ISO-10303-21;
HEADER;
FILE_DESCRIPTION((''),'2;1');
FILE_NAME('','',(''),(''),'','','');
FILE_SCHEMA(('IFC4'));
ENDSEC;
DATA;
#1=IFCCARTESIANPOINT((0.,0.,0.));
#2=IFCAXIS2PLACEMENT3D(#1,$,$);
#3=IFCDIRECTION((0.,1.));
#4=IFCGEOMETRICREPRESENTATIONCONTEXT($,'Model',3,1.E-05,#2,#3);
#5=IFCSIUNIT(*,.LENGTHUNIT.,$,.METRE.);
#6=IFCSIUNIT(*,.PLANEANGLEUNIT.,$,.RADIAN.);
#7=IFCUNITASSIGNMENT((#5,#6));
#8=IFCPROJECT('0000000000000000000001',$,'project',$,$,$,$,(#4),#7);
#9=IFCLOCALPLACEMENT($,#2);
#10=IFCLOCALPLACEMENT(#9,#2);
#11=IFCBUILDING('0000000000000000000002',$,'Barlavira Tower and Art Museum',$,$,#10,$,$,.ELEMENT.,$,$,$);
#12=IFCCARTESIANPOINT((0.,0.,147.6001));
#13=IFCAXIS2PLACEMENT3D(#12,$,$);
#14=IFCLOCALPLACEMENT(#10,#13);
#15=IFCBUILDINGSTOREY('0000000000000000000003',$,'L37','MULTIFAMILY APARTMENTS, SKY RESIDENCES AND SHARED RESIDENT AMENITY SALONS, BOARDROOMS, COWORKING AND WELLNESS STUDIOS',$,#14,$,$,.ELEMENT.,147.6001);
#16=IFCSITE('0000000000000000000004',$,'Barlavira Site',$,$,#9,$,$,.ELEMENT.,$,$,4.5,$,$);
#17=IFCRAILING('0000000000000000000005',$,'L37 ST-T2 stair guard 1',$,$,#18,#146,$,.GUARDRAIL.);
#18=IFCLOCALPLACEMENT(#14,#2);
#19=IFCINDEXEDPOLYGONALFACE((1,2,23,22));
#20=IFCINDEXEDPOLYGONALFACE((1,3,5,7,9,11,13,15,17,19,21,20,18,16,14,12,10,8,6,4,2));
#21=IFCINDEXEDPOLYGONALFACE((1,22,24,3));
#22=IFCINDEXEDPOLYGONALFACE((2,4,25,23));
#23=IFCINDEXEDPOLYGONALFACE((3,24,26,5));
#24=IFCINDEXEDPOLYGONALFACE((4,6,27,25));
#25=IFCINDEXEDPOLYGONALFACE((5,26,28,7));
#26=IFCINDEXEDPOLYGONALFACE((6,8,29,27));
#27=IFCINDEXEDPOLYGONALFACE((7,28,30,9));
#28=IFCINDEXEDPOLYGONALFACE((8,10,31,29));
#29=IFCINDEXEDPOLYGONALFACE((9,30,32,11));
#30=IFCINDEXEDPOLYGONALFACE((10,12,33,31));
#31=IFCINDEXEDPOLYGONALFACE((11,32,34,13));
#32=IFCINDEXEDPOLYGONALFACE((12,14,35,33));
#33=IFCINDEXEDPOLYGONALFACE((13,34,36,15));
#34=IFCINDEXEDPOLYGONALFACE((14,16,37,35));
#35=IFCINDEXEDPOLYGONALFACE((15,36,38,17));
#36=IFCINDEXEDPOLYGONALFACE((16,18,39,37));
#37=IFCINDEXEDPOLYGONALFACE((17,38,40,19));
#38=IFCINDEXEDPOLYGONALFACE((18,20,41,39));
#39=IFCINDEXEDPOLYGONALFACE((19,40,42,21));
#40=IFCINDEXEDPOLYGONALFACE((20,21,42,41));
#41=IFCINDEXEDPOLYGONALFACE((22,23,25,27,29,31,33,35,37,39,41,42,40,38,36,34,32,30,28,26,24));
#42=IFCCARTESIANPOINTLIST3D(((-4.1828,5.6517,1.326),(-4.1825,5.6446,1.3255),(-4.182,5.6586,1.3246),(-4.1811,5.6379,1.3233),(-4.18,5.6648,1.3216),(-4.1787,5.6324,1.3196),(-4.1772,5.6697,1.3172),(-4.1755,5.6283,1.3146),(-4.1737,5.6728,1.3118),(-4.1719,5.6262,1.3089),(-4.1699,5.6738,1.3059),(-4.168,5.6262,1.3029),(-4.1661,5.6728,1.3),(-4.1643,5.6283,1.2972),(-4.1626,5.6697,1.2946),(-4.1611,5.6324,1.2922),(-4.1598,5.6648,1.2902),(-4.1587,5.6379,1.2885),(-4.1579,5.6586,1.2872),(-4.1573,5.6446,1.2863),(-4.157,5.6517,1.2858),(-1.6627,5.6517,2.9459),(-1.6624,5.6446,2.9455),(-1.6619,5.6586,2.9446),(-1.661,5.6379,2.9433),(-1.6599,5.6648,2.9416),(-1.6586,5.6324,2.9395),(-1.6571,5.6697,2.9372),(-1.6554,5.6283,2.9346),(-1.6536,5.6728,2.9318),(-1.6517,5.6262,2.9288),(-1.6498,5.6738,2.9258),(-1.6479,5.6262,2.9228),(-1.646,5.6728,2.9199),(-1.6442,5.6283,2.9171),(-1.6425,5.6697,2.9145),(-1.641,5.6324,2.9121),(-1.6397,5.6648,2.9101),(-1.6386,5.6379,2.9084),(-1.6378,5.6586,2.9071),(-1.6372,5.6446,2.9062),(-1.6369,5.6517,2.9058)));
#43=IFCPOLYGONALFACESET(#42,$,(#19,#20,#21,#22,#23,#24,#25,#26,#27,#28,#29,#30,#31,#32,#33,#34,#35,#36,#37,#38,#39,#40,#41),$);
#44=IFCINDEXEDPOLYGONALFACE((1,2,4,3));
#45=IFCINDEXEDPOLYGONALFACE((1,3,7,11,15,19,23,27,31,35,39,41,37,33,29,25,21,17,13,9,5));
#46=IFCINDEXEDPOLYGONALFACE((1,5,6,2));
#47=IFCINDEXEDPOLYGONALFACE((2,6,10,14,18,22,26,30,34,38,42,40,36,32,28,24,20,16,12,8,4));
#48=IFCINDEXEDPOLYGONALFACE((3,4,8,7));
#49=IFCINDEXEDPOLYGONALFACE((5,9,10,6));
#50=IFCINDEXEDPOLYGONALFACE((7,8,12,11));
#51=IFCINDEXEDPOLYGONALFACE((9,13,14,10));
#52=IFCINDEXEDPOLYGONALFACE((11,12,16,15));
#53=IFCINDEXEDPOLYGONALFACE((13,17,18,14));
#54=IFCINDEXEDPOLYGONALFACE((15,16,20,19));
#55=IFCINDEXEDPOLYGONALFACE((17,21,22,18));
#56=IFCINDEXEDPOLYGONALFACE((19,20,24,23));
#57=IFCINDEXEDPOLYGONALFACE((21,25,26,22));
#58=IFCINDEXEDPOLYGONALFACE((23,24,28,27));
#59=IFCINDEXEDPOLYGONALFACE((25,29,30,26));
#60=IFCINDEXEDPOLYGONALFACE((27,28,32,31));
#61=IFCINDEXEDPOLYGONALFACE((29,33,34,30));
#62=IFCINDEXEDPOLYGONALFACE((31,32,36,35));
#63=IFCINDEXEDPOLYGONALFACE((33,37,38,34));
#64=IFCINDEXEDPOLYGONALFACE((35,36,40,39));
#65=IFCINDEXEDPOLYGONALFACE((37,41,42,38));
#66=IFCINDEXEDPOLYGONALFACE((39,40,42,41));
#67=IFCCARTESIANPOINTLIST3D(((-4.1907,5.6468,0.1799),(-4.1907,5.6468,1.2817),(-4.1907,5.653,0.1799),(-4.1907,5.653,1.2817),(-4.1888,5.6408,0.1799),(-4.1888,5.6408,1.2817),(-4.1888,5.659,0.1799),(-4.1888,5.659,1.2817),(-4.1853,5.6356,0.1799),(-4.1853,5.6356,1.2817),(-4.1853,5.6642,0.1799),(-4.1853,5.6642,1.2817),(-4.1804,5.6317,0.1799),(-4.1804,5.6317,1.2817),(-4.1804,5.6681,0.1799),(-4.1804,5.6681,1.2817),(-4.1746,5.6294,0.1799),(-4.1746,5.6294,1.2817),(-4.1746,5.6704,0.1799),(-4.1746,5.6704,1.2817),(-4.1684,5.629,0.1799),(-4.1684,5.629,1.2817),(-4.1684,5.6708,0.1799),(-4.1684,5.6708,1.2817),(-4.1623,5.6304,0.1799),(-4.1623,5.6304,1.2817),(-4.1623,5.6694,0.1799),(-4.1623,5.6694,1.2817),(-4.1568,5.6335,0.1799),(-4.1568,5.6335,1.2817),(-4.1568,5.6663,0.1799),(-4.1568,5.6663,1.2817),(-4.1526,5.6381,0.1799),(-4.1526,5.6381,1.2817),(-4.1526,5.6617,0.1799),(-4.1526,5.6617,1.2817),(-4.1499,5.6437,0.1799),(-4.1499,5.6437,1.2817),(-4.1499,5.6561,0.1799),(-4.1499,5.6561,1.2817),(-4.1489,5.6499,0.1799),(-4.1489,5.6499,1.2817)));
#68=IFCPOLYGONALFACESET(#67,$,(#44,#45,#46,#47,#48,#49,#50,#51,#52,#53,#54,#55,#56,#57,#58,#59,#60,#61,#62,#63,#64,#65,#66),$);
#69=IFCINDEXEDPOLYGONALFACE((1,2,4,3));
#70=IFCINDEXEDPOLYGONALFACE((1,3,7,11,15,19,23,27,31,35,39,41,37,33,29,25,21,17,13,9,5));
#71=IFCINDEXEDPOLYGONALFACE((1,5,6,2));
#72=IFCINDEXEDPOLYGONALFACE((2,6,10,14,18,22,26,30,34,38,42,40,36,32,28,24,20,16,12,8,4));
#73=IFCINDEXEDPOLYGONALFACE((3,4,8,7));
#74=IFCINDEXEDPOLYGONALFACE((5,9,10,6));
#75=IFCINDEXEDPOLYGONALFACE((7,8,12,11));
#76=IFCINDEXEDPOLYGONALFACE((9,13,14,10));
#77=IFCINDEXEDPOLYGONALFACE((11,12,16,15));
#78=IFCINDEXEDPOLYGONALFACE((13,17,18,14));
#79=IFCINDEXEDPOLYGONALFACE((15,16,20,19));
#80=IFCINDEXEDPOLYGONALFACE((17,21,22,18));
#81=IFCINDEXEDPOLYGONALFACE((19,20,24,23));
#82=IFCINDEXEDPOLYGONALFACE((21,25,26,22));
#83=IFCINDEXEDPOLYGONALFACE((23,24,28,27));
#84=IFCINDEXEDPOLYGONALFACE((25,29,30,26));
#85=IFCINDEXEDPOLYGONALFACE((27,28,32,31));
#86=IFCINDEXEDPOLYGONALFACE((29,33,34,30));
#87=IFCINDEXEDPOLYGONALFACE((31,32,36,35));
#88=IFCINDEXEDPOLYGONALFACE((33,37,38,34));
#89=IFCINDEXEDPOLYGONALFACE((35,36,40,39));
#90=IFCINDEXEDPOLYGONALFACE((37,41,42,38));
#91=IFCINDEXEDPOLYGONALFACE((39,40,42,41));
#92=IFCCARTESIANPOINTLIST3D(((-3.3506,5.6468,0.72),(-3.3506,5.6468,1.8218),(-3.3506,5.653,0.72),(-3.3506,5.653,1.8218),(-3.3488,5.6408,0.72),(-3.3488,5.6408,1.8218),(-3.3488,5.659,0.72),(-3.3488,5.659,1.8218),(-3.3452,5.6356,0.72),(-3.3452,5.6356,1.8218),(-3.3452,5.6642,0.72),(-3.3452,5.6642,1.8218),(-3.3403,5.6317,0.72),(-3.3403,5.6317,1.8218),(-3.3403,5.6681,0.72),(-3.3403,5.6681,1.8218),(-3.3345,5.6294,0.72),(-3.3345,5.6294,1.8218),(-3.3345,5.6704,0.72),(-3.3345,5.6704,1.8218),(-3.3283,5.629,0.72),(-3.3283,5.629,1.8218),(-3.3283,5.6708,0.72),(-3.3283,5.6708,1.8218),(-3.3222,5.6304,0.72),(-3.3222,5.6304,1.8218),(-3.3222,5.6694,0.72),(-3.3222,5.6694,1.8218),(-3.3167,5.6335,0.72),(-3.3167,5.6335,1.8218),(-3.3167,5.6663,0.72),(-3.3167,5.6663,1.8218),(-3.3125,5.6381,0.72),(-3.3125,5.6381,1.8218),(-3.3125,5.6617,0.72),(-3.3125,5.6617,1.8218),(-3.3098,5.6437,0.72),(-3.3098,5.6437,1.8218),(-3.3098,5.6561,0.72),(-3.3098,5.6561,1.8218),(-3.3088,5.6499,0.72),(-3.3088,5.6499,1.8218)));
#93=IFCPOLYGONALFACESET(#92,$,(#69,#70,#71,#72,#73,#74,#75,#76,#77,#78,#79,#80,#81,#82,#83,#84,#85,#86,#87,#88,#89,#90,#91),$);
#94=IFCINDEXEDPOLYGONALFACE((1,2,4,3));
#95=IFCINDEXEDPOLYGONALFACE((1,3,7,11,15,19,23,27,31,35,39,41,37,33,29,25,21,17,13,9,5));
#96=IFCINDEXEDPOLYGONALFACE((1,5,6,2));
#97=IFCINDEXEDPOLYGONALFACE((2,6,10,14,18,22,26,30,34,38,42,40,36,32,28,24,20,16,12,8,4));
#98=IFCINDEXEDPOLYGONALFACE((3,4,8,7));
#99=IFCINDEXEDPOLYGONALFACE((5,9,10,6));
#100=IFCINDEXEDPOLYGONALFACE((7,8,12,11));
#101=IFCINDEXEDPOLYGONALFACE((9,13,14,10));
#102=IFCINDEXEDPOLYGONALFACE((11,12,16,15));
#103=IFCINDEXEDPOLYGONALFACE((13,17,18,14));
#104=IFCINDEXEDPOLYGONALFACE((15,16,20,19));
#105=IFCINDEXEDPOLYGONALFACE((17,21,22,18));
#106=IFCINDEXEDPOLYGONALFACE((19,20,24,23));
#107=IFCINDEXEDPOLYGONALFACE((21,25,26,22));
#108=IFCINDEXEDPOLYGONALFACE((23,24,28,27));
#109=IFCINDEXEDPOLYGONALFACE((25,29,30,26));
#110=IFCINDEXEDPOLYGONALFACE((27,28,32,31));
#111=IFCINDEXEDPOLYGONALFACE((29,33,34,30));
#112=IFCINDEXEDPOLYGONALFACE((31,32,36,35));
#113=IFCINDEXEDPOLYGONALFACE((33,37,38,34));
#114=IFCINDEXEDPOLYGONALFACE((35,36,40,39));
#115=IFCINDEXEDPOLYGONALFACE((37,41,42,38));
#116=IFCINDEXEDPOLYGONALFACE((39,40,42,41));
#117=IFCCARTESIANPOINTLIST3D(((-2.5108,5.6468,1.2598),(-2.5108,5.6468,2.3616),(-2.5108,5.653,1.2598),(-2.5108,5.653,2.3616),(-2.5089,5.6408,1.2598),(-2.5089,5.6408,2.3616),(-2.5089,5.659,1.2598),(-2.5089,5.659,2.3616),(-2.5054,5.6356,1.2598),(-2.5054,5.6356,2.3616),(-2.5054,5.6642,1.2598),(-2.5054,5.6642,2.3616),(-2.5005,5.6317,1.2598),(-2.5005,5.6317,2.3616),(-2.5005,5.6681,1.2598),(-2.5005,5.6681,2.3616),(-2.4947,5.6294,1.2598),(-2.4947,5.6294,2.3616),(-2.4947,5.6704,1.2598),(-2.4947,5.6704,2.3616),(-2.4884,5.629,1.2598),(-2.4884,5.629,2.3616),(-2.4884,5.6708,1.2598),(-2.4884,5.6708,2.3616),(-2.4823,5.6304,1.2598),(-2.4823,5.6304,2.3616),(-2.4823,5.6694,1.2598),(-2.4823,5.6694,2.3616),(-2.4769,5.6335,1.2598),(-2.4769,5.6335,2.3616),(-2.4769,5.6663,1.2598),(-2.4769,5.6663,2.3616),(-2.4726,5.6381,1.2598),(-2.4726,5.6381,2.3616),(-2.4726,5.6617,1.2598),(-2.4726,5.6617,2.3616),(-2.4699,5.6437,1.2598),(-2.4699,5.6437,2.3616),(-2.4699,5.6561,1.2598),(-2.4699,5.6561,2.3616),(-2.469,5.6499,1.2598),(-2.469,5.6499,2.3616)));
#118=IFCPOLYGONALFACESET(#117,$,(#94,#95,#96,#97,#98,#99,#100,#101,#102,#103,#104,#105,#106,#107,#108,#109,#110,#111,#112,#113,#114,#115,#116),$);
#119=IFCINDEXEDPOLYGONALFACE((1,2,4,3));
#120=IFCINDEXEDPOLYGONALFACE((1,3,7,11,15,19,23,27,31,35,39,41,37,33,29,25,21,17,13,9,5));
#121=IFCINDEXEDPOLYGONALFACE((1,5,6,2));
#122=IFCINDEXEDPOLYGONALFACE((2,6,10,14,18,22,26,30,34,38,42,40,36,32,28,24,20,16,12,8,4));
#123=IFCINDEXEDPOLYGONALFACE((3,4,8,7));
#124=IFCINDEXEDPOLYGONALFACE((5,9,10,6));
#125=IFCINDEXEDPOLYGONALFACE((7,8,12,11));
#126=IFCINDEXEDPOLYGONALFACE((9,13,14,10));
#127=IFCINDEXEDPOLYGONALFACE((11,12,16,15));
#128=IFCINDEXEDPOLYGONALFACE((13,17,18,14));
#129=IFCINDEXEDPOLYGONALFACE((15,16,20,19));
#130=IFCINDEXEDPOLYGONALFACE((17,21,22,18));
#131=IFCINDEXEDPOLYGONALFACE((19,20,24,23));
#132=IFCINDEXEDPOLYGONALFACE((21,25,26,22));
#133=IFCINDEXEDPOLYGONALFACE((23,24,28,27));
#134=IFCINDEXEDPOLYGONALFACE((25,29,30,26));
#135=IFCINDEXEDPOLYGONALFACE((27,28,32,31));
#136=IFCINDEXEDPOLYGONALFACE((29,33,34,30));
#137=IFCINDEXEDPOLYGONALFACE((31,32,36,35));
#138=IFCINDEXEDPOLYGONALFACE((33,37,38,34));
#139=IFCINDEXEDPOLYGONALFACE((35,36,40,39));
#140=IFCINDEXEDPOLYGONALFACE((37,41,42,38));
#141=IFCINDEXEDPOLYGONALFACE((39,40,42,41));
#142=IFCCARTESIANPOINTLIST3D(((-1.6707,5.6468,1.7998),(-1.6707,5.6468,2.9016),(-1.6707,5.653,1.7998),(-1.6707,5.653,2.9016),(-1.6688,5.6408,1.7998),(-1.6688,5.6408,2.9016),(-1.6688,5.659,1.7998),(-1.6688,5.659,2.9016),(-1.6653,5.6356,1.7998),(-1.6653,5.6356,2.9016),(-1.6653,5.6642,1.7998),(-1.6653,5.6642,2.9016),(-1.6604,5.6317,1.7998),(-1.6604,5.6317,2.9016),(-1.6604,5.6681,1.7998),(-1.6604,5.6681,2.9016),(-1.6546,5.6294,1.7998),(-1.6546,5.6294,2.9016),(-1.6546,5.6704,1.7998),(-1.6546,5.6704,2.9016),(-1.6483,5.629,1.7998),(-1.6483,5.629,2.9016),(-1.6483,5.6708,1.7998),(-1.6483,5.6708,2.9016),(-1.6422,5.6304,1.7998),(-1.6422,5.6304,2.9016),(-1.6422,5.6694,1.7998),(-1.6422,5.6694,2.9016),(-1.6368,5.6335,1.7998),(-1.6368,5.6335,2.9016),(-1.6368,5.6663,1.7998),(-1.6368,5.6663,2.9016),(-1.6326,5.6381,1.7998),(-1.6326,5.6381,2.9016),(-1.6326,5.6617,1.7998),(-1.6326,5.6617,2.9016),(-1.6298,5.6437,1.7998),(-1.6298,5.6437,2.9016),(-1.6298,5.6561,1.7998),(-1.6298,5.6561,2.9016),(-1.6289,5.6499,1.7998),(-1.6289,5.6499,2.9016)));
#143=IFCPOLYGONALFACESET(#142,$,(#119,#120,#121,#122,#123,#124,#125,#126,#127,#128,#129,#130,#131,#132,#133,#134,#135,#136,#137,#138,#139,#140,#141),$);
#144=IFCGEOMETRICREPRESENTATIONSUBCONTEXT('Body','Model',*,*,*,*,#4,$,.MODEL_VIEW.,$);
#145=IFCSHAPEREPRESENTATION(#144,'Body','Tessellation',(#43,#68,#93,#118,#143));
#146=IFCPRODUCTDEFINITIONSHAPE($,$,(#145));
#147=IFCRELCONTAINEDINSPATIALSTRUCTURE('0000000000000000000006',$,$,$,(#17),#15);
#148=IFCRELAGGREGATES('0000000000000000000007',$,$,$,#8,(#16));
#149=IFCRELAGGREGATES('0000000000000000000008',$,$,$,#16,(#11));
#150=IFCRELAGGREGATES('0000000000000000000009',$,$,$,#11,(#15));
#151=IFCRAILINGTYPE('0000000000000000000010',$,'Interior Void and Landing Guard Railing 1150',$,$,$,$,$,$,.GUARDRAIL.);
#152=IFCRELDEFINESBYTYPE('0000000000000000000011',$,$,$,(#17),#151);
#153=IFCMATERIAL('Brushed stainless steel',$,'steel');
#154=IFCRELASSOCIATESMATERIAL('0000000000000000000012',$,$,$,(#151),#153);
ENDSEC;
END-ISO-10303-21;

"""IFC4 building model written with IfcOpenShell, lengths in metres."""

from ifc_helpers import new_model, si_unit, direction, frame, origin, origin_2d, place, context, subcontext, project, spatial, circle, extrude, material, type_object, element, save


model = new_model("IFC4")

# Units and contexts
model_context = context("Model", 3, precision=1e-05, world=origin(), true_north=direction((0.0, 1.0)))
body_context = subcontext(model_context, "Body", "Model", "MODEL_VIEW")
ifc_project = project(units=[si_unit("LENGTHUNIT", "METRE"), si_unit("PLANEANGLEUNIT", "RADIAN")], contexts=[model_context])

# Site, building, storey
site_placement = place(None, origin())
site = spatial("IfcSite", under=ifc_project, at=site_placement, Name="Barlavira Site", CompositionType="ELEMENT", RefElevation=4.5)
building_placement = place(site_placement, origin())
building = spatial("IfcBuilding", under=site, at=building_placement, Name="Barlavira Tower and Art Museum", CompositionType="ELEMENT")
storey_placement = place(building_placement, frame((0.0, 0.0, 147.6001)))
storey = spatial("IfcBuildingStorey", under=building, at=storey_placement, Name="L37", Description="MULTIFAMILY APARTMENTS, SKY RESIDENCES AND SHARED RESIDENT AMENITY SALONS, BOARDROOMS, COWORKING AND WELLNESS STUDIOS", CompositionType="ELEMENT", Elevation=147.6001)

# Shared definitions
ifc_material_1 = material(Name="Brushed stainless steel", Category="steel")

# Railing
railing_type_1 = type_object("IfcRailingType", Name="Interior Void and Landing Guard Railing 1150", PredefinedType="GUARDRAIL", material=ifc_material_1)
railing_1_placement = place(storey_placement, frame((-4.1699, 5.6499, 0.1799)))
element("IfcRailing", 1, at=railing_1_placement, inside=storey, type_object=railing_type_1, Name="L37 ST-T2 stair guard 1", PredefinedType="GUARDRAIL", context=body_context, shape_type="SweptSolid", body=[
    extrude(circle(Radius=0.0239, at=origin_2d()), frame((0.0, 0.0, 1.126), z_axis=(0.8412, 0.0, 0.540725), x_axis=(0.0, 1.0, 0.0)), (0.0, 0.0, 1.0), 2.9958),
    extrude(circle(Radius=0.021, at=origin_2d()), origin(), (0.0, 0.0, 1.0), 1.1018),
    extrude(circle(Radius=0.021, at=origin_2d()), frame((0.8401, 0.0, 0.54)), (0.0, 0.0, 1.0), 1.1018),
    extrude(circle(Radius=0.021, at=origin_2d()), frame((1.6799, 0.0, 1.0798)), (0.0, 0.0, 1.0), 1.1018),
    extrude(circle(Radius=0.021, at=origin_2d()), frame((2.52, 0.0, 1.6199)), (0.0, 0.0, 1.0), 1.1018),
])

save(model, "model.ifc")
